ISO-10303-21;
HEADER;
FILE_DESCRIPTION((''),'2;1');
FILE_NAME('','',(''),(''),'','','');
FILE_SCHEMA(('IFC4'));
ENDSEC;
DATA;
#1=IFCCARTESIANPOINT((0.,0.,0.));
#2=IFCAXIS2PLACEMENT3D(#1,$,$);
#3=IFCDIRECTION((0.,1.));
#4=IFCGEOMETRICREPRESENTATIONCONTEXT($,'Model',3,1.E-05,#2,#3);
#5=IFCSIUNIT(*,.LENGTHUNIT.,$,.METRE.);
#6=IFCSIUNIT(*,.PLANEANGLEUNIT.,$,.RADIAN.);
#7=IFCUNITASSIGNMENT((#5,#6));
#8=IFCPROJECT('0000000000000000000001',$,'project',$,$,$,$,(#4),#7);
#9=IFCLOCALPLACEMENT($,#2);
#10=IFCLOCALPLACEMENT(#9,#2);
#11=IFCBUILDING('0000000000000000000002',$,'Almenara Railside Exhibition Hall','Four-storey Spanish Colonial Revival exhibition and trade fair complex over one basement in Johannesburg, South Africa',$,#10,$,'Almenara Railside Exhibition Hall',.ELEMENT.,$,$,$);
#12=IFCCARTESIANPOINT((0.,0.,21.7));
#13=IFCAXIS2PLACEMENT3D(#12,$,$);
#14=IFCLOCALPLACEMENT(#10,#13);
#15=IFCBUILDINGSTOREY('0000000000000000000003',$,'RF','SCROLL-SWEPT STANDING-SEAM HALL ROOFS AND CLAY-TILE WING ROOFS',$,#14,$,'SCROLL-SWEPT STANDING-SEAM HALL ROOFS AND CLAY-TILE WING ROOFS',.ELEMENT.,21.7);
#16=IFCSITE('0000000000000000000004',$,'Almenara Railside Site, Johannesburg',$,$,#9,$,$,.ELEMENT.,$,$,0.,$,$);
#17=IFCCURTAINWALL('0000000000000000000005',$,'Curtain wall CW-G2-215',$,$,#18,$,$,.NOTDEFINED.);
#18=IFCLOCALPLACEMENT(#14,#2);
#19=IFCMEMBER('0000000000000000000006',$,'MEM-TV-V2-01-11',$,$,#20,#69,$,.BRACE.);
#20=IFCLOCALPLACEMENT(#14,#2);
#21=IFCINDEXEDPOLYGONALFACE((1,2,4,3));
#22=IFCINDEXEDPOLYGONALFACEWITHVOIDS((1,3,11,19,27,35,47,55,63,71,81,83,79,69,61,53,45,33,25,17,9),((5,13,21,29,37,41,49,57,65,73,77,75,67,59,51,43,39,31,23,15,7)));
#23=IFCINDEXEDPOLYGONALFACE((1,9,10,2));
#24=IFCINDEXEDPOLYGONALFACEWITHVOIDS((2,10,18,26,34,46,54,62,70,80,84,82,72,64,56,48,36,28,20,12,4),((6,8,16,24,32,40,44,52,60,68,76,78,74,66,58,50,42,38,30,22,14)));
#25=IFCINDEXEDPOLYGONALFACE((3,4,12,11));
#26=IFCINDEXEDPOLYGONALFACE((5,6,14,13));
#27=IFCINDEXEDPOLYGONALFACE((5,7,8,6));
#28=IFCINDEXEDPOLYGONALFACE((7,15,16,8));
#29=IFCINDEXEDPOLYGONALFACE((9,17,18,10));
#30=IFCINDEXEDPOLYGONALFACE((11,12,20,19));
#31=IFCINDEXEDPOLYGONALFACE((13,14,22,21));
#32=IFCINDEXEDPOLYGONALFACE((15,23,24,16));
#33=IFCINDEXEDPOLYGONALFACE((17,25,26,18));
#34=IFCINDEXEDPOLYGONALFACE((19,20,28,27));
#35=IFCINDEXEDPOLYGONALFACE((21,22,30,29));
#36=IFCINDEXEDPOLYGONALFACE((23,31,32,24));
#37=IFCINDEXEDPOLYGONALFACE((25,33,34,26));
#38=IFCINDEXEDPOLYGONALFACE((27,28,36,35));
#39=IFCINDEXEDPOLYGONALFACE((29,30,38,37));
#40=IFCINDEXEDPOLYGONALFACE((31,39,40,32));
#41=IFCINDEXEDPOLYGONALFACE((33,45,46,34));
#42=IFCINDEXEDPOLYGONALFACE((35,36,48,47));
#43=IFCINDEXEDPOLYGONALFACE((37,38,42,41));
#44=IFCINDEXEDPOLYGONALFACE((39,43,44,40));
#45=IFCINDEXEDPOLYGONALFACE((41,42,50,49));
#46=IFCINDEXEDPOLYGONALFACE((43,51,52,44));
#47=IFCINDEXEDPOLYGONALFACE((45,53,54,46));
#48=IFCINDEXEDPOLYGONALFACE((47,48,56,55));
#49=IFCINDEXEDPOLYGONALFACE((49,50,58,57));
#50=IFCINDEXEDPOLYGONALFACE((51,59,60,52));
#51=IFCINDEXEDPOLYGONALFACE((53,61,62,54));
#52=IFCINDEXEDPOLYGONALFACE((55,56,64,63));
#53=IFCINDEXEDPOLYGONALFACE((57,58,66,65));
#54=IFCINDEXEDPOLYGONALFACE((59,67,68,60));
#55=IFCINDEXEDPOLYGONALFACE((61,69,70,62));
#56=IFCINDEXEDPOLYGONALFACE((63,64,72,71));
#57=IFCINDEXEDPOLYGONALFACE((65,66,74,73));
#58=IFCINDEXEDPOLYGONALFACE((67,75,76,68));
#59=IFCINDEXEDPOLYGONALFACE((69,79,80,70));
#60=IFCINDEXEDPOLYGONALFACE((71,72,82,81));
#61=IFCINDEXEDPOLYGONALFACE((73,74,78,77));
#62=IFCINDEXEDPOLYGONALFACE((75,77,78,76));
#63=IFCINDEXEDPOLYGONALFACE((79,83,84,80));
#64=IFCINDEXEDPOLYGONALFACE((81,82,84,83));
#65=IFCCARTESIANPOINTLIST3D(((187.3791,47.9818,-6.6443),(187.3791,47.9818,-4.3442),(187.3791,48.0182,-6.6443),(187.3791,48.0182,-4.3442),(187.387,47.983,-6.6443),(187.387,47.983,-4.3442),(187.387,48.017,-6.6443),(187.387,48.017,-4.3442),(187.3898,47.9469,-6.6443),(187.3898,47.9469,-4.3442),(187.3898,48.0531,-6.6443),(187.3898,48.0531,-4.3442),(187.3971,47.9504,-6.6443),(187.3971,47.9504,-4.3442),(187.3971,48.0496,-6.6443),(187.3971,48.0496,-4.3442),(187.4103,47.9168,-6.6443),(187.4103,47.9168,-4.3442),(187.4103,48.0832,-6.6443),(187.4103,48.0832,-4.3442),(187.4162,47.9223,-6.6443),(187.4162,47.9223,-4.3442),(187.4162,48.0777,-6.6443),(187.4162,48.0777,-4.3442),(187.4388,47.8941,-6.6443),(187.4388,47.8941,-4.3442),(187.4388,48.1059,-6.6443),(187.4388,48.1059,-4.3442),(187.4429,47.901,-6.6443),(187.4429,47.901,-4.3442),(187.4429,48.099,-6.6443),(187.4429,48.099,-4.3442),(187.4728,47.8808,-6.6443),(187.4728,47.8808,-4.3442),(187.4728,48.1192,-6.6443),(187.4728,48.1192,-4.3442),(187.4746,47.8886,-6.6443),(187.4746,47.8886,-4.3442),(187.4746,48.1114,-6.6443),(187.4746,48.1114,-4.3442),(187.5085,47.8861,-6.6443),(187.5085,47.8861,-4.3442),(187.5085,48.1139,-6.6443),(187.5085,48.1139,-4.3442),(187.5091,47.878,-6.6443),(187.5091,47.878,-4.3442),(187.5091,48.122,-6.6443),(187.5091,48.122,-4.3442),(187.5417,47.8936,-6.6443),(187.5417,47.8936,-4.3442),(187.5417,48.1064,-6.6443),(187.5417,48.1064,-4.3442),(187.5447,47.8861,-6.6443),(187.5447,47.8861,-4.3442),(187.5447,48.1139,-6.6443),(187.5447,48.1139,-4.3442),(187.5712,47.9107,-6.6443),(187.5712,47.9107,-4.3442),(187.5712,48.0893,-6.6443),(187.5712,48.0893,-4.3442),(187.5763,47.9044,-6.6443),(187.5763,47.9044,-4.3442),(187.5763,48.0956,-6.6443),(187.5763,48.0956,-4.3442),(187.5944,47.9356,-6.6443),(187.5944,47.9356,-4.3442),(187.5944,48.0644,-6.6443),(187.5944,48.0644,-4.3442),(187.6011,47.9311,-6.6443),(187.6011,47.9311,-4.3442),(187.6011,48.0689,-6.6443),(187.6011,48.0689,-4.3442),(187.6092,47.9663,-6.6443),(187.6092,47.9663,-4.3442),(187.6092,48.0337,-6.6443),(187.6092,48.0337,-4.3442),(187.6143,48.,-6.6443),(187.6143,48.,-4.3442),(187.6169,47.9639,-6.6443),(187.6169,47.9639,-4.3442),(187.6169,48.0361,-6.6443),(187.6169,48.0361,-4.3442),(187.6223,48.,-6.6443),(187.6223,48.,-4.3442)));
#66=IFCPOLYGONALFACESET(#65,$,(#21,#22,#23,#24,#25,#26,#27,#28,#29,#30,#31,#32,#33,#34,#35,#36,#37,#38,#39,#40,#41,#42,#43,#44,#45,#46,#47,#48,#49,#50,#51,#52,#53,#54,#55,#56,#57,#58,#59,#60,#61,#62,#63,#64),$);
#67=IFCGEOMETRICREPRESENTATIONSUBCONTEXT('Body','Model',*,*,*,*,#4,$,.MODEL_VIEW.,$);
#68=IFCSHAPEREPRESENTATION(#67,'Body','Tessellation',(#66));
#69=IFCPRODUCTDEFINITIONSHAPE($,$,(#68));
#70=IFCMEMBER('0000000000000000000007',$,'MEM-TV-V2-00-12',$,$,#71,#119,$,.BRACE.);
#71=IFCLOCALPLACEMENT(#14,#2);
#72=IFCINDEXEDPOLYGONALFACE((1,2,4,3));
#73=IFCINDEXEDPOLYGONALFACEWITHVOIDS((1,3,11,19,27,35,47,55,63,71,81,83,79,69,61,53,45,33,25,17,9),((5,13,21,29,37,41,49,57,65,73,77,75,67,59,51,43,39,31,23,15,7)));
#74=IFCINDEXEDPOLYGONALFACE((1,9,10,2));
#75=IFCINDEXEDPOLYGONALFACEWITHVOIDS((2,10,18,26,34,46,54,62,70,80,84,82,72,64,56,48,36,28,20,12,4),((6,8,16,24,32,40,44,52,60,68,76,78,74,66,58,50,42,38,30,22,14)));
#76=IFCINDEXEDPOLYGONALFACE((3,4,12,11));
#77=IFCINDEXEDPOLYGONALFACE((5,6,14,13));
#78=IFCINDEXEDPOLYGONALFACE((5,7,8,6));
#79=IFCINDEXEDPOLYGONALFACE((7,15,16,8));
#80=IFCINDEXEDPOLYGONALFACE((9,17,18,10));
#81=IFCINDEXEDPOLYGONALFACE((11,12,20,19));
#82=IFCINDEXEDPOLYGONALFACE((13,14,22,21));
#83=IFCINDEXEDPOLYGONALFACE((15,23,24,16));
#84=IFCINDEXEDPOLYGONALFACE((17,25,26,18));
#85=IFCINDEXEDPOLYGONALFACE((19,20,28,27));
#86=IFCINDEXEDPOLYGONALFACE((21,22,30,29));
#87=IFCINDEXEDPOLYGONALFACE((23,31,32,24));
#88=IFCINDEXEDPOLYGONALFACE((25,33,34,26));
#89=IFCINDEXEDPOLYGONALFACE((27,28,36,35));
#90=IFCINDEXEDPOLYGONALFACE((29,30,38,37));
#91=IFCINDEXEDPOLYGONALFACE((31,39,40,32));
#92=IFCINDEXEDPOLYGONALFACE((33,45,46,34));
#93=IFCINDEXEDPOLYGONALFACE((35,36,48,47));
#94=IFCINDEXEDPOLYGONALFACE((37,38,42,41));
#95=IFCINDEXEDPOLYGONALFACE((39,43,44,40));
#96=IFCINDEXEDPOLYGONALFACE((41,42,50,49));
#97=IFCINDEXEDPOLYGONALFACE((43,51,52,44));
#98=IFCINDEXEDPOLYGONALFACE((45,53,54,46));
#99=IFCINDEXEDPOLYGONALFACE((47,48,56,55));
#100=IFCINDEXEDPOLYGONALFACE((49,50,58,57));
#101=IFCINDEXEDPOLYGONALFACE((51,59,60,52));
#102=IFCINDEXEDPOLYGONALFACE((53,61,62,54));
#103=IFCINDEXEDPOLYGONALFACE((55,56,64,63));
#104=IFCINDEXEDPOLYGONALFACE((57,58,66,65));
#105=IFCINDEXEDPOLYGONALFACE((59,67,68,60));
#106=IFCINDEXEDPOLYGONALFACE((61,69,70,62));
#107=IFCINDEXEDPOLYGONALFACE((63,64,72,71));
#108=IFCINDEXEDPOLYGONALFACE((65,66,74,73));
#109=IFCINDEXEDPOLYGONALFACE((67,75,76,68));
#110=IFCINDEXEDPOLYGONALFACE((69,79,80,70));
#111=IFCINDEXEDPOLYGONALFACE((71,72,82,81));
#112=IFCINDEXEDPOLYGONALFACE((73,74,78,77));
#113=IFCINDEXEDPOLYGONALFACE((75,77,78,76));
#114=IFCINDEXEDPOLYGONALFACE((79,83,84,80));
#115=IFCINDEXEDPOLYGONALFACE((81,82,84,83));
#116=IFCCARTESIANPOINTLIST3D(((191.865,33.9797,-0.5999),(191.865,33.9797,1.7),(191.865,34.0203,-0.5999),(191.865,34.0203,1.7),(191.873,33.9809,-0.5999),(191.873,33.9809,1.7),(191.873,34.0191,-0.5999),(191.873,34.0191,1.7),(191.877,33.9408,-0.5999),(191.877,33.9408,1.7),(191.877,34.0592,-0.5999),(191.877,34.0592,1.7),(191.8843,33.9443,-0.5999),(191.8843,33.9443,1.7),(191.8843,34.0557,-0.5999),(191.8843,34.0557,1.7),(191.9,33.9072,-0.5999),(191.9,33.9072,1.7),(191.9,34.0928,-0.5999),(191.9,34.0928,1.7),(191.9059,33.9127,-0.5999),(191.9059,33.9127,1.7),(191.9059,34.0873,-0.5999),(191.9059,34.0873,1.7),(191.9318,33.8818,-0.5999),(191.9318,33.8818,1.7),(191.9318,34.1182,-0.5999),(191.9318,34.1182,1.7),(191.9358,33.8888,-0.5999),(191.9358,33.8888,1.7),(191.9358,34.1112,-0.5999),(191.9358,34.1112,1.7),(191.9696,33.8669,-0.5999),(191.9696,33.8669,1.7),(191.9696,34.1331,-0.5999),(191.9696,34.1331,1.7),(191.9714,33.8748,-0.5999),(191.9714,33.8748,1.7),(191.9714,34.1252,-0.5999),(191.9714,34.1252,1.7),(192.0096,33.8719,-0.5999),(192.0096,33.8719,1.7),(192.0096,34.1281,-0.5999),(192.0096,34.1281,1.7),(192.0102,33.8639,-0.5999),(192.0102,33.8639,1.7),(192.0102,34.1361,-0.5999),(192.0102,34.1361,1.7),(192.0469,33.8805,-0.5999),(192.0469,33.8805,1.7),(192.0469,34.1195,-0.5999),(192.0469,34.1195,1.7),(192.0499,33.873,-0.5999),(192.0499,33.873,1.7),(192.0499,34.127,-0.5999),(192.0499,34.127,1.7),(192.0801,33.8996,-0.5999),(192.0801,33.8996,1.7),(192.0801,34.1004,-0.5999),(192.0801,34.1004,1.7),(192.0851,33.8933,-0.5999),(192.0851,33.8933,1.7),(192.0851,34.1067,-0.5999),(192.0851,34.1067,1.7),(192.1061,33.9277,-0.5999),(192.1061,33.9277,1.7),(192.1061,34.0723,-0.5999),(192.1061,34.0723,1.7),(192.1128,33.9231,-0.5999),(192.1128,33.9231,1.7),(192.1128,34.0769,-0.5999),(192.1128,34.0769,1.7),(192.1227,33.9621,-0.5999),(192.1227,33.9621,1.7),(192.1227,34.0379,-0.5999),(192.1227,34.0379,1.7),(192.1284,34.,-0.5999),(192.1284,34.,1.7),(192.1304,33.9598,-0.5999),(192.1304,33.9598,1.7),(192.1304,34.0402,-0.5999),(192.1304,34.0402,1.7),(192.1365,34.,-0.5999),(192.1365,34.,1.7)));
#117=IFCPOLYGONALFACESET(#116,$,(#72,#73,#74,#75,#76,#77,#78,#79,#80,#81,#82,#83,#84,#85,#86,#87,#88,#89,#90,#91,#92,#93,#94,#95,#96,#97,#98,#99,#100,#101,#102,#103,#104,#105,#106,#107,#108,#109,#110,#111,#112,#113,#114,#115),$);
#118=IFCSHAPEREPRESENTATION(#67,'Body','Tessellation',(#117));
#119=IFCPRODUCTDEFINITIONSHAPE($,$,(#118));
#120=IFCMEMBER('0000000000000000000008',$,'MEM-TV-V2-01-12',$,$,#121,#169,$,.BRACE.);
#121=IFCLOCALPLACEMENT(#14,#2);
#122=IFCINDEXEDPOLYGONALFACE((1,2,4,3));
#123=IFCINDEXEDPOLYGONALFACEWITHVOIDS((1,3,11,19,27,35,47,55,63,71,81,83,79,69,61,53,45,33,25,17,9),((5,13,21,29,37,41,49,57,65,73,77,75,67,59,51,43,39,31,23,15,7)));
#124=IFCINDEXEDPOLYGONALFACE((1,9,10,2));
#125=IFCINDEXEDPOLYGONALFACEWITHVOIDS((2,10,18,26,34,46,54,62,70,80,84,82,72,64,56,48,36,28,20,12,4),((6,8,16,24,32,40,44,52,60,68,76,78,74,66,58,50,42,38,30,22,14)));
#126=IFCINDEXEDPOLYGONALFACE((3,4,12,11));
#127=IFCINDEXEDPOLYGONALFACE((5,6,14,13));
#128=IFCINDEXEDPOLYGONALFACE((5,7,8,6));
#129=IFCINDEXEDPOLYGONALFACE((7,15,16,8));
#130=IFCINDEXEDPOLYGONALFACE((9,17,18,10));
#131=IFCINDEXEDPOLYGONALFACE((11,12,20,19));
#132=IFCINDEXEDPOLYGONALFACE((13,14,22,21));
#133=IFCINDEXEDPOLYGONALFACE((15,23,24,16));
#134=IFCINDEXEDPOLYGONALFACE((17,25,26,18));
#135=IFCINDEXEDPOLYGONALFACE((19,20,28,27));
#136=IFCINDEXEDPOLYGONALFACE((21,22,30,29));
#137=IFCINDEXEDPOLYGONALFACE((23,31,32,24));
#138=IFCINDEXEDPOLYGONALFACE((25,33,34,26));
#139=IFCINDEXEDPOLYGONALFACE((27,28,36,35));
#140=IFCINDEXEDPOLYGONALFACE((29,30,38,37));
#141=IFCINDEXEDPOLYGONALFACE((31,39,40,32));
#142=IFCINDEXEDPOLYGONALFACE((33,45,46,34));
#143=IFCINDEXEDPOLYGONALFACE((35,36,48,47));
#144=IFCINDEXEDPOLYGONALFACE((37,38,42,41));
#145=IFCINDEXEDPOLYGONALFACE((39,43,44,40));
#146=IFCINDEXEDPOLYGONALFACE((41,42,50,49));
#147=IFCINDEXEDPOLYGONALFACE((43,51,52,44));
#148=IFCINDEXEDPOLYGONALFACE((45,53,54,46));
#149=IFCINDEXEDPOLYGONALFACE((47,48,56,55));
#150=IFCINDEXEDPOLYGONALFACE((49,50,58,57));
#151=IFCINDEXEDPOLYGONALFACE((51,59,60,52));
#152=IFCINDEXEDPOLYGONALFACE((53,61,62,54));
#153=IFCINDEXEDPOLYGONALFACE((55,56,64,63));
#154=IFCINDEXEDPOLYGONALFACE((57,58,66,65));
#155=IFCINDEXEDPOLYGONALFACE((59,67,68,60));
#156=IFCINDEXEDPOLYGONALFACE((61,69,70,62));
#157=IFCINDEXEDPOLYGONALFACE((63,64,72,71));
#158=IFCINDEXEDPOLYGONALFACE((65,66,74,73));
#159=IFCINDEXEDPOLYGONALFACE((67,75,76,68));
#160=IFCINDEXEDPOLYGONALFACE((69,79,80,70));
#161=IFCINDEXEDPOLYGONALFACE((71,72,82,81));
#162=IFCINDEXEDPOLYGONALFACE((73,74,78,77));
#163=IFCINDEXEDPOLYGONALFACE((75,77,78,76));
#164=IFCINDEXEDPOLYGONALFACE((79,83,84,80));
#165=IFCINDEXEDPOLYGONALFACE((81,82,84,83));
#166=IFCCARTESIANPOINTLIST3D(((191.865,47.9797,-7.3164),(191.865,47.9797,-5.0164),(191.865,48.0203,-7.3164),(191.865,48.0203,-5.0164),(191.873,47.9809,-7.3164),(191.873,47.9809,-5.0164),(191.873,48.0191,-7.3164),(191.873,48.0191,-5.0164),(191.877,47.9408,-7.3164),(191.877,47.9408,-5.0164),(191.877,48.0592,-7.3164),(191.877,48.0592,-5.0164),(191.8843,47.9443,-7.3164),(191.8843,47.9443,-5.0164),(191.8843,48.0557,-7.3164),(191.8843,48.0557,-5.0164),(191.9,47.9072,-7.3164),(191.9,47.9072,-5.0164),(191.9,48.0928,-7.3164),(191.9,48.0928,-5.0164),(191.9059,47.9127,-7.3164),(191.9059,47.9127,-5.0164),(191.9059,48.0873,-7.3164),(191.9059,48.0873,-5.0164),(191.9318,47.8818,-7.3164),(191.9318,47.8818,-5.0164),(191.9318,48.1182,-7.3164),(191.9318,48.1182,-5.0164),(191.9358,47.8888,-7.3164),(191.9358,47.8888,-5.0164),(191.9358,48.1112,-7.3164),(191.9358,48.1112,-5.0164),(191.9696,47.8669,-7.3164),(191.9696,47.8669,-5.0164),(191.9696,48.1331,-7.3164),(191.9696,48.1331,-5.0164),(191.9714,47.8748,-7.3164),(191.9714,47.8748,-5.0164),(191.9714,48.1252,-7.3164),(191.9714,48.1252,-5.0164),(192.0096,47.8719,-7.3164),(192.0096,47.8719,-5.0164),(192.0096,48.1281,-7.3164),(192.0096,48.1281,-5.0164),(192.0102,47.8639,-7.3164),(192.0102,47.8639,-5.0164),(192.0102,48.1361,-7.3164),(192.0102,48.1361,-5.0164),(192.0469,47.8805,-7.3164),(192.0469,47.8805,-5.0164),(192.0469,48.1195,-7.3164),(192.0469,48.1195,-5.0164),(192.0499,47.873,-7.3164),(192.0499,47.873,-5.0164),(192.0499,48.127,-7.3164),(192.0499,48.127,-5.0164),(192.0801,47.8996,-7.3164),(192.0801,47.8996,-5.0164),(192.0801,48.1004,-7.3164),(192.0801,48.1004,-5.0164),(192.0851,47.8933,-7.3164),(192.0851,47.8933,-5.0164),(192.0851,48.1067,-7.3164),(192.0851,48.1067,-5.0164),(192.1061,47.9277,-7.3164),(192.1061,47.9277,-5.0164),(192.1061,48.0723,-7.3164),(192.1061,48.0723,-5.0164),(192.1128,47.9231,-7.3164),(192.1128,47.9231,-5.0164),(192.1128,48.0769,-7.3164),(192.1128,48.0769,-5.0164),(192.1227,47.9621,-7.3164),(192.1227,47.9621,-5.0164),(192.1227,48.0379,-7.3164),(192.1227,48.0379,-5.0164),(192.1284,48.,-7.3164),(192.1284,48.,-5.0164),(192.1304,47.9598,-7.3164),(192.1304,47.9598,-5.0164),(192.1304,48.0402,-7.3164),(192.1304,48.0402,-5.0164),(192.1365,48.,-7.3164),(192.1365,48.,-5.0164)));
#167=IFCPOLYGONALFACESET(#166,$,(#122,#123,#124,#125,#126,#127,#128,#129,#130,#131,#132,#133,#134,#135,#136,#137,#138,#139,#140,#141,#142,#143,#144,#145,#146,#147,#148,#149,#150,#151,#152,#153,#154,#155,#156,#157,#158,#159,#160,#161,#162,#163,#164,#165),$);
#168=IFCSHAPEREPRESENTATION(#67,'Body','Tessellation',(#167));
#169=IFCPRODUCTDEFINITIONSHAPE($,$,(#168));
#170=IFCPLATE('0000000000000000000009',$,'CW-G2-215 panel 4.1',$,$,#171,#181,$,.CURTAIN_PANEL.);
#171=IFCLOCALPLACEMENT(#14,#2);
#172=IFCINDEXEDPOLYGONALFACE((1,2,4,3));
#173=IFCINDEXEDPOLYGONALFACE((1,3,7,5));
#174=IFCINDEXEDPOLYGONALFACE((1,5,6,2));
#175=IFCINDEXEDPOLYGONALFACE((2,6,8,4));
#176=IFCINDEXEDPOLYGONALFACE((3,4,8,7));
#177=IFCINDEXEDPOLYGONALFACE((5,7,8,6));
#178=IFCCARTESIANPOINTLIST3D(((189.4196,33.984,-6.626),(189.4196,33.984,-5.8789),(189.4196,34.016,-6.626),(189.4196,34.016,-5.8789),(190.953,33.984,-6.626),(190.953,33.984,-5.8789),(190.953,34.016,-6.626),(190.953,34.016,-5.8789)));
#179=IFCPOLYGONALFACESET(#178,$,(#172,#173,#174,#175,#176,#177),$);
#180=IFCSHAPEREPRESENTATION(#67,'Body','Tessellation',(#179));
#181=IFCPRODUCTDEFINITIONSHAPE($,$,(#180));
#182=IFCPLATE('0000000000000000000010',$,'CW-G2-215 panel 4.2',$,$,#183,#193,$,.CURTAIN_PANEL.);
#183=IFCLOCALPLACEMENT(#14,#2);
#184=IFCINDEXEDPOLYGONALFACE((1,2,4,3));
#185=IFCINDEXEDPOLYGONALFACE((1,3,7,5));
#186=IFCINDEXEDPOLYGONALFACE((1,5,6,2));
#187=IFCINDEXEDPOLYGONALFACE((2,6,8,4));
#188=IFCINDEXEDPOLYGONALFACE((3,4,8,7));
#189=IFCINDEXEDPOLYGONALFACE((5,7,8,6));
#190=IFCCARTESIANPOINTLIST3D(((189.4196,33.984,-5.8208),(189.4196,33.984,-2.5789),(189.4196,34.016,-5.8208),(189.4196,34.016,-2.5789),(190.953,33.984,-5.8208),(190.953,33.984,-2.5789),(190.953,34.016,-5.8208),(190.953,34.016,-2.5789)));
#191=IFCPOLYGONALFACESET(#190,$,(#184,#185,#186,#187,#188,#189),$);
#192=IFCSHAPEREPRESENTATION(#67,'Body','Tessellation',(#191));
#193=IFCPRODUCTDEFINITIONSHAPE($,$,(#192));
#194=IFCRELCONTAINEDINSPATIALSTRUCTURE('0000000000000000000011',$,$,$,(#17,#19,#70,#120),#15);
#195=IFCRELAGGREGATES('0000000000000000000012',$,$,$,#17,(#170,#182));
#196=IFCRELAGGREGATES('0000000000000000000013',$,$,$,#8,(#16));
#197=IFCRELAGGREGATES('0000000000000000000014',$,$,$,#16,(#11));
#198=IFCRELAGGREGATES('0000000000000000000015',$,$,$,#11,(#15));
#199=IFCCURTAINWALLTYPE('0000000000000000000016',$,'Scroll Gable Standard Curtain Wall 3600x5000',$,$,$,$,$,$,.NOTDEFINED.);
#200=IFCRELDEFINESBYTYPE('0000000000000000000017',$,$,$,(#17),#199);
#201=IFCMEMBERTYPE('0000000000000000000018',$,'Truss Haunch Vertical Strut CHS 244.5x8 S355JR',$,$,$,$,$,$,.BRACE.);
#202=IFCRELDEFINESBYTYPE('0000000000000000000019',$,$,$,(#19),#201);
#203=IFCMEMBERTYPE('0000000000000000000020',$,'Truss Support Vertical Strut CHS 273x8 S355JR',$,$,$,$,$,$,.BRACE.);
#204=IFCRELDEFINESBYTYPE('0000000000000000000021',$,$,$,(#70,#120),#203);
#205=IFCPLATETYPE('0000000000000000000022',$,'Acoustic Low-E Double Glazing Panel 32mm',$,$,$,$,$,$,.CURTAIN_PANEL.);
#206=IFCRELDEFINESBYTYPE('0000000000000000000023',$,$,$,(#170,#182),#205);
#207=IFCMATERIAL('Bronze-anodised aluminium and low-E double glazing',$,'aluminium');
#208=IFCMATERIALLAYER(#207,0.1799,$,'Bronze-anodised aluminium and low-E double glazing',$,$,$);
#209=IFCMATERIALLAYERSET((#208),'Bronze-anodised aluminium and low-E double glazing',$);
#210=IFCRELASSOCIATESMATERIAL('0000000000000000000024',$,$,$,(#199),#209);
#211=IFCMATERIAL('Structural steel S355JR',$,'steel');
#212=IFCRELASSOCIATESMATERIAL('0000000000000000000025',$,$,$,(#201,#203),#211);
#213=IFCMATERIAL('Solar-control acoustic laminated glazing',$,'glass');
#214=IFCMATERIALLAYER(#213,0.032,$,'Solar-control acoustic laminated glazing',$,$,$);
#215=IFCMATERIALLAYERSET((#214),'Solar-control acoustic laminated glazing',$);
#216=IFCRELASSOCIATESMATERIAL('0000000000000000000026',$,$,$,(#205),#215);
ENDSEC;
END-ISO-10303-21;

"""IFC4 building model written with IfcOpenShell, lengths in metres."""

from ifc_helpers import new_model, si_unit, direction, frame, origin, origin_2d, place, context, subcontext, project, spatial, rectangle, hollow_circle, extrude, material, layer, layer_set, material_profile, profile_set, type_object, element, aggregate, save


model = new_model("IFC4")

# Units and contexts
model_context = context("Model", 3, precision=1e-05, world=origin(), true_north=direction((0.0, 1.0)))
body_context = subcontext(model_context, "Body", "Model", "MODEL_VIEW")
ifc_project = project(units=[si_unit("LENGTHUNIT", "METRE"), si_unit("PLANEANGLEUNIT", "RADIAN")], contexts=[model_context])

# Site, building, storey
site_placement = place(None, origin())
site = spatial("IfcSite", under=ifc_project, at=site_placement, Name="Almenara Railside Site, Johannesburg", CompositionType="ELEMENT", RefElevation=0.0)
building_placement = place(site_placement, origin())
building = spatial("IfcBuilding", under=site, at=building_placement, Name="Almenara Railside Exhibition Hall", Description="Four-storey Spanish Colonial Revival exhibition and trade fair complex over one basement in Johannesburg, South Africa", LongName="Almenara Railside Exhibition Hall", CompositionType="ELEMENT")
storey_placement = place(building_placement, frame((0.0, 0.0, 21.7)))
storey = spatial("IfcBuildingStorey", under=building, at=storey_placement, Name="RF", Description="SCROLL-SWEPT STANDING-SEAM HALL ROOFS AND CLAY-TILE WING ROOFS", LongName="SCROLL-SWEPT STANDING-SEAM HALL ROOFS AND CLAY-TILE WING ROOFS", CompositionType="ELEMENT", Elevation=21.7)

# Shared definitions
ifc_material_1 = material(Name="Structural steel S355JR", Category="steel")

# Curtain wall
ifc_material_2 = material(Name="Bronze-anodised aluminium and low-E double glazing", Category="aluminium")
ifc_layer_1 = layer(ifc_material_2, 0.1799, Name="Bronze-anodised aluminium and low-E double glazing")
ifc_layer_set_1 = layer_set([ifc_layer_1], Name="Bronze-anodised aluminium and low-E double glazing")
curtain_wall_type = type_object("IfcCurtainWallType", Name="Scroll Gable Standard Curtain Wall 3600x5000", PredefinedType="NOTDEFINED", material=ifc_layer_set_1)
curtain_wall_placement = place(storey_placement, origin())
curtain_wall = element("IfcCurtainWall", 1, at=curtain_wall_placement, inside=storey, type_object=curtain_wall_type, Name="Curtain wall CW-G2-215", PredefinedType="NOTDEFINED")

# Members
ifc_material_profile_1 = material_profile(ifc_material_1, hollow_circle(Radius=0.1223, WallThickness=0.0081, at=origin_2d()), Name="CHS 244.5x8")
ifc_profile_set_1 = profile_set([ifc_material_profile_1], Name="Structural steel S355JR")
member_type_1 = type_object("IfcMemberType", Name="Truss Haunch Vertical Strut CHS 244.5x8 S355JR", PredefinedType="BRACE", material=ifc_profile_set_1)
member_1_placement = place(storey_placement, frame((187.5, 48.0, -6.6443), z_axis=(0.0, 0.0, 1.0), x_axis=(1.0, 0.0, 0.0)))
element("IfcMember", 2, at=member_1_placement, inside=storey, type_object=member_type_1, Name="MEM-TV-V2-01-11", PredefinedType="BRACE", context=body_context, shape_type="SweptSolid", body=[
    extrude(hollow_circle(Radius=0.1223, WallThickness=0.0081, at=origin_2d()), origin(), (0.0, 0.0, 1.0), 2.3),
])
ifc_material_profile_2 = material_profile(ifc_material_1, hollow_circle(Radius=0.1365, WallThickness=0.0081, at=origin_2d()), Name="CHS 273x8")
ifc_profile_set_2 = profile_set([ifc_material_profile_2], Name="Structural steel S355JR")
member_type_2 = type_object("IfcMemberType", Name="Truss Support Vertical Strut CHS 273x8 S355JR", PredefinedType="BRACE", material=ifc_profile_set_2)
member_2_placement = place(storey_placement, frame((192.0, 34.0, -0.5999), z_axis=(0.0, 0.0, 1.0), x_axis=(1.0, 0.0, 0.0)))
element("IfcMember", 3, at=member_2_placement, inside=storey, type_object=member_type_2, Name="MEM-TV-V2-00-12", PredefinedType="BRACE", context=body_context, shape_type="SweptSolid", body=[
    extrude(hollow_circle(Radius=0.1365, WallThickness=0.0081, at=origin_2d()), origin(), (0.0, 0.0, 1.0), 2.2998),
])
member_3_placement = place(storey_placement, frame((192.0, 48.0, -7.3164), z_axis=(0.0, 0.0, 1.0), x_axis=(1.0, 0.0, 0.0)))
element("IfcMember", 4, at=member_3_placement, inside=storey, type_object=member_type_2, Name="MEM-TV-V2-01-12", PredefinedType="BRACE", context=body_context, shape_type="SweptSolid", body=[
    extrude(hollow_circle(Radius=0.1365, WallThickness=0.0081, at=origin_2d()), origin(), (0.0, 0.0, 1.0), 2.3),
])

# Plates
ifc_material_3 = material(Name="Solar-control acoustic laminated glazing", Category="glass")
ifc_layer_2 = layer(ifc_material_3, 0.032, Name="Solar-control acoustic laminated glazing")
ifc_layer_set_2 = layer_set([ifc_layer_2], Name="Solar-control acoustic laminated glazing")
plate_type_1 = type_object("IfcPlateType", Name="Acoustic Low-E Double Glazing Panel 32mm", PredefinedType="CURTAIN_PANEL", material=ifc_layer_set_2)
plate_1_placement = place(storey_placement, frame((190.1863, 34.0, -6.626), z_axis=(0.0, 0.0, 1.0), x_axis=(1.0, 0.0, 0.0)))
plate_1 = element("IfcPlate", 5, at=plate_1_placement, type_object=plate_type_1, Name="CW-G2-215 panel 4.1", PredefinedType="CURTAIN_PANEL", context=body_context, shape_type="SweptSolid", body=[
    extrude(rectangle(XDim=1.5334, YDim=0.032, at=origin_2d()), origin(), (0.0, 0.0, 1.0), 0.7471),
])
plate_2_placement = place(storey_placement, frame((190.1863, 34.0, -5.8208), z_axis=(0.0, 0.0, 1.0), x_axis=(1.0, 0.0, 0.0)))
plate_2 = element("IfcPlate", 6, at=plate_2_placement, type_object=plate_type_1, Name="CW-G2-215 panel 4.2", PredefinedType="CURTAIN_PANEL", context=body_context, shape_type="SweptSolid", body=[
    extrude(rectangle(XDim=1.5334, YDim=0.032, at=origin_2d()), origin(), (0.0, 0.0, 1.0), 3.2419),
])
aggregate(curtain_wall, [plate_1, plate_2])

save(model, "model.ifc")
